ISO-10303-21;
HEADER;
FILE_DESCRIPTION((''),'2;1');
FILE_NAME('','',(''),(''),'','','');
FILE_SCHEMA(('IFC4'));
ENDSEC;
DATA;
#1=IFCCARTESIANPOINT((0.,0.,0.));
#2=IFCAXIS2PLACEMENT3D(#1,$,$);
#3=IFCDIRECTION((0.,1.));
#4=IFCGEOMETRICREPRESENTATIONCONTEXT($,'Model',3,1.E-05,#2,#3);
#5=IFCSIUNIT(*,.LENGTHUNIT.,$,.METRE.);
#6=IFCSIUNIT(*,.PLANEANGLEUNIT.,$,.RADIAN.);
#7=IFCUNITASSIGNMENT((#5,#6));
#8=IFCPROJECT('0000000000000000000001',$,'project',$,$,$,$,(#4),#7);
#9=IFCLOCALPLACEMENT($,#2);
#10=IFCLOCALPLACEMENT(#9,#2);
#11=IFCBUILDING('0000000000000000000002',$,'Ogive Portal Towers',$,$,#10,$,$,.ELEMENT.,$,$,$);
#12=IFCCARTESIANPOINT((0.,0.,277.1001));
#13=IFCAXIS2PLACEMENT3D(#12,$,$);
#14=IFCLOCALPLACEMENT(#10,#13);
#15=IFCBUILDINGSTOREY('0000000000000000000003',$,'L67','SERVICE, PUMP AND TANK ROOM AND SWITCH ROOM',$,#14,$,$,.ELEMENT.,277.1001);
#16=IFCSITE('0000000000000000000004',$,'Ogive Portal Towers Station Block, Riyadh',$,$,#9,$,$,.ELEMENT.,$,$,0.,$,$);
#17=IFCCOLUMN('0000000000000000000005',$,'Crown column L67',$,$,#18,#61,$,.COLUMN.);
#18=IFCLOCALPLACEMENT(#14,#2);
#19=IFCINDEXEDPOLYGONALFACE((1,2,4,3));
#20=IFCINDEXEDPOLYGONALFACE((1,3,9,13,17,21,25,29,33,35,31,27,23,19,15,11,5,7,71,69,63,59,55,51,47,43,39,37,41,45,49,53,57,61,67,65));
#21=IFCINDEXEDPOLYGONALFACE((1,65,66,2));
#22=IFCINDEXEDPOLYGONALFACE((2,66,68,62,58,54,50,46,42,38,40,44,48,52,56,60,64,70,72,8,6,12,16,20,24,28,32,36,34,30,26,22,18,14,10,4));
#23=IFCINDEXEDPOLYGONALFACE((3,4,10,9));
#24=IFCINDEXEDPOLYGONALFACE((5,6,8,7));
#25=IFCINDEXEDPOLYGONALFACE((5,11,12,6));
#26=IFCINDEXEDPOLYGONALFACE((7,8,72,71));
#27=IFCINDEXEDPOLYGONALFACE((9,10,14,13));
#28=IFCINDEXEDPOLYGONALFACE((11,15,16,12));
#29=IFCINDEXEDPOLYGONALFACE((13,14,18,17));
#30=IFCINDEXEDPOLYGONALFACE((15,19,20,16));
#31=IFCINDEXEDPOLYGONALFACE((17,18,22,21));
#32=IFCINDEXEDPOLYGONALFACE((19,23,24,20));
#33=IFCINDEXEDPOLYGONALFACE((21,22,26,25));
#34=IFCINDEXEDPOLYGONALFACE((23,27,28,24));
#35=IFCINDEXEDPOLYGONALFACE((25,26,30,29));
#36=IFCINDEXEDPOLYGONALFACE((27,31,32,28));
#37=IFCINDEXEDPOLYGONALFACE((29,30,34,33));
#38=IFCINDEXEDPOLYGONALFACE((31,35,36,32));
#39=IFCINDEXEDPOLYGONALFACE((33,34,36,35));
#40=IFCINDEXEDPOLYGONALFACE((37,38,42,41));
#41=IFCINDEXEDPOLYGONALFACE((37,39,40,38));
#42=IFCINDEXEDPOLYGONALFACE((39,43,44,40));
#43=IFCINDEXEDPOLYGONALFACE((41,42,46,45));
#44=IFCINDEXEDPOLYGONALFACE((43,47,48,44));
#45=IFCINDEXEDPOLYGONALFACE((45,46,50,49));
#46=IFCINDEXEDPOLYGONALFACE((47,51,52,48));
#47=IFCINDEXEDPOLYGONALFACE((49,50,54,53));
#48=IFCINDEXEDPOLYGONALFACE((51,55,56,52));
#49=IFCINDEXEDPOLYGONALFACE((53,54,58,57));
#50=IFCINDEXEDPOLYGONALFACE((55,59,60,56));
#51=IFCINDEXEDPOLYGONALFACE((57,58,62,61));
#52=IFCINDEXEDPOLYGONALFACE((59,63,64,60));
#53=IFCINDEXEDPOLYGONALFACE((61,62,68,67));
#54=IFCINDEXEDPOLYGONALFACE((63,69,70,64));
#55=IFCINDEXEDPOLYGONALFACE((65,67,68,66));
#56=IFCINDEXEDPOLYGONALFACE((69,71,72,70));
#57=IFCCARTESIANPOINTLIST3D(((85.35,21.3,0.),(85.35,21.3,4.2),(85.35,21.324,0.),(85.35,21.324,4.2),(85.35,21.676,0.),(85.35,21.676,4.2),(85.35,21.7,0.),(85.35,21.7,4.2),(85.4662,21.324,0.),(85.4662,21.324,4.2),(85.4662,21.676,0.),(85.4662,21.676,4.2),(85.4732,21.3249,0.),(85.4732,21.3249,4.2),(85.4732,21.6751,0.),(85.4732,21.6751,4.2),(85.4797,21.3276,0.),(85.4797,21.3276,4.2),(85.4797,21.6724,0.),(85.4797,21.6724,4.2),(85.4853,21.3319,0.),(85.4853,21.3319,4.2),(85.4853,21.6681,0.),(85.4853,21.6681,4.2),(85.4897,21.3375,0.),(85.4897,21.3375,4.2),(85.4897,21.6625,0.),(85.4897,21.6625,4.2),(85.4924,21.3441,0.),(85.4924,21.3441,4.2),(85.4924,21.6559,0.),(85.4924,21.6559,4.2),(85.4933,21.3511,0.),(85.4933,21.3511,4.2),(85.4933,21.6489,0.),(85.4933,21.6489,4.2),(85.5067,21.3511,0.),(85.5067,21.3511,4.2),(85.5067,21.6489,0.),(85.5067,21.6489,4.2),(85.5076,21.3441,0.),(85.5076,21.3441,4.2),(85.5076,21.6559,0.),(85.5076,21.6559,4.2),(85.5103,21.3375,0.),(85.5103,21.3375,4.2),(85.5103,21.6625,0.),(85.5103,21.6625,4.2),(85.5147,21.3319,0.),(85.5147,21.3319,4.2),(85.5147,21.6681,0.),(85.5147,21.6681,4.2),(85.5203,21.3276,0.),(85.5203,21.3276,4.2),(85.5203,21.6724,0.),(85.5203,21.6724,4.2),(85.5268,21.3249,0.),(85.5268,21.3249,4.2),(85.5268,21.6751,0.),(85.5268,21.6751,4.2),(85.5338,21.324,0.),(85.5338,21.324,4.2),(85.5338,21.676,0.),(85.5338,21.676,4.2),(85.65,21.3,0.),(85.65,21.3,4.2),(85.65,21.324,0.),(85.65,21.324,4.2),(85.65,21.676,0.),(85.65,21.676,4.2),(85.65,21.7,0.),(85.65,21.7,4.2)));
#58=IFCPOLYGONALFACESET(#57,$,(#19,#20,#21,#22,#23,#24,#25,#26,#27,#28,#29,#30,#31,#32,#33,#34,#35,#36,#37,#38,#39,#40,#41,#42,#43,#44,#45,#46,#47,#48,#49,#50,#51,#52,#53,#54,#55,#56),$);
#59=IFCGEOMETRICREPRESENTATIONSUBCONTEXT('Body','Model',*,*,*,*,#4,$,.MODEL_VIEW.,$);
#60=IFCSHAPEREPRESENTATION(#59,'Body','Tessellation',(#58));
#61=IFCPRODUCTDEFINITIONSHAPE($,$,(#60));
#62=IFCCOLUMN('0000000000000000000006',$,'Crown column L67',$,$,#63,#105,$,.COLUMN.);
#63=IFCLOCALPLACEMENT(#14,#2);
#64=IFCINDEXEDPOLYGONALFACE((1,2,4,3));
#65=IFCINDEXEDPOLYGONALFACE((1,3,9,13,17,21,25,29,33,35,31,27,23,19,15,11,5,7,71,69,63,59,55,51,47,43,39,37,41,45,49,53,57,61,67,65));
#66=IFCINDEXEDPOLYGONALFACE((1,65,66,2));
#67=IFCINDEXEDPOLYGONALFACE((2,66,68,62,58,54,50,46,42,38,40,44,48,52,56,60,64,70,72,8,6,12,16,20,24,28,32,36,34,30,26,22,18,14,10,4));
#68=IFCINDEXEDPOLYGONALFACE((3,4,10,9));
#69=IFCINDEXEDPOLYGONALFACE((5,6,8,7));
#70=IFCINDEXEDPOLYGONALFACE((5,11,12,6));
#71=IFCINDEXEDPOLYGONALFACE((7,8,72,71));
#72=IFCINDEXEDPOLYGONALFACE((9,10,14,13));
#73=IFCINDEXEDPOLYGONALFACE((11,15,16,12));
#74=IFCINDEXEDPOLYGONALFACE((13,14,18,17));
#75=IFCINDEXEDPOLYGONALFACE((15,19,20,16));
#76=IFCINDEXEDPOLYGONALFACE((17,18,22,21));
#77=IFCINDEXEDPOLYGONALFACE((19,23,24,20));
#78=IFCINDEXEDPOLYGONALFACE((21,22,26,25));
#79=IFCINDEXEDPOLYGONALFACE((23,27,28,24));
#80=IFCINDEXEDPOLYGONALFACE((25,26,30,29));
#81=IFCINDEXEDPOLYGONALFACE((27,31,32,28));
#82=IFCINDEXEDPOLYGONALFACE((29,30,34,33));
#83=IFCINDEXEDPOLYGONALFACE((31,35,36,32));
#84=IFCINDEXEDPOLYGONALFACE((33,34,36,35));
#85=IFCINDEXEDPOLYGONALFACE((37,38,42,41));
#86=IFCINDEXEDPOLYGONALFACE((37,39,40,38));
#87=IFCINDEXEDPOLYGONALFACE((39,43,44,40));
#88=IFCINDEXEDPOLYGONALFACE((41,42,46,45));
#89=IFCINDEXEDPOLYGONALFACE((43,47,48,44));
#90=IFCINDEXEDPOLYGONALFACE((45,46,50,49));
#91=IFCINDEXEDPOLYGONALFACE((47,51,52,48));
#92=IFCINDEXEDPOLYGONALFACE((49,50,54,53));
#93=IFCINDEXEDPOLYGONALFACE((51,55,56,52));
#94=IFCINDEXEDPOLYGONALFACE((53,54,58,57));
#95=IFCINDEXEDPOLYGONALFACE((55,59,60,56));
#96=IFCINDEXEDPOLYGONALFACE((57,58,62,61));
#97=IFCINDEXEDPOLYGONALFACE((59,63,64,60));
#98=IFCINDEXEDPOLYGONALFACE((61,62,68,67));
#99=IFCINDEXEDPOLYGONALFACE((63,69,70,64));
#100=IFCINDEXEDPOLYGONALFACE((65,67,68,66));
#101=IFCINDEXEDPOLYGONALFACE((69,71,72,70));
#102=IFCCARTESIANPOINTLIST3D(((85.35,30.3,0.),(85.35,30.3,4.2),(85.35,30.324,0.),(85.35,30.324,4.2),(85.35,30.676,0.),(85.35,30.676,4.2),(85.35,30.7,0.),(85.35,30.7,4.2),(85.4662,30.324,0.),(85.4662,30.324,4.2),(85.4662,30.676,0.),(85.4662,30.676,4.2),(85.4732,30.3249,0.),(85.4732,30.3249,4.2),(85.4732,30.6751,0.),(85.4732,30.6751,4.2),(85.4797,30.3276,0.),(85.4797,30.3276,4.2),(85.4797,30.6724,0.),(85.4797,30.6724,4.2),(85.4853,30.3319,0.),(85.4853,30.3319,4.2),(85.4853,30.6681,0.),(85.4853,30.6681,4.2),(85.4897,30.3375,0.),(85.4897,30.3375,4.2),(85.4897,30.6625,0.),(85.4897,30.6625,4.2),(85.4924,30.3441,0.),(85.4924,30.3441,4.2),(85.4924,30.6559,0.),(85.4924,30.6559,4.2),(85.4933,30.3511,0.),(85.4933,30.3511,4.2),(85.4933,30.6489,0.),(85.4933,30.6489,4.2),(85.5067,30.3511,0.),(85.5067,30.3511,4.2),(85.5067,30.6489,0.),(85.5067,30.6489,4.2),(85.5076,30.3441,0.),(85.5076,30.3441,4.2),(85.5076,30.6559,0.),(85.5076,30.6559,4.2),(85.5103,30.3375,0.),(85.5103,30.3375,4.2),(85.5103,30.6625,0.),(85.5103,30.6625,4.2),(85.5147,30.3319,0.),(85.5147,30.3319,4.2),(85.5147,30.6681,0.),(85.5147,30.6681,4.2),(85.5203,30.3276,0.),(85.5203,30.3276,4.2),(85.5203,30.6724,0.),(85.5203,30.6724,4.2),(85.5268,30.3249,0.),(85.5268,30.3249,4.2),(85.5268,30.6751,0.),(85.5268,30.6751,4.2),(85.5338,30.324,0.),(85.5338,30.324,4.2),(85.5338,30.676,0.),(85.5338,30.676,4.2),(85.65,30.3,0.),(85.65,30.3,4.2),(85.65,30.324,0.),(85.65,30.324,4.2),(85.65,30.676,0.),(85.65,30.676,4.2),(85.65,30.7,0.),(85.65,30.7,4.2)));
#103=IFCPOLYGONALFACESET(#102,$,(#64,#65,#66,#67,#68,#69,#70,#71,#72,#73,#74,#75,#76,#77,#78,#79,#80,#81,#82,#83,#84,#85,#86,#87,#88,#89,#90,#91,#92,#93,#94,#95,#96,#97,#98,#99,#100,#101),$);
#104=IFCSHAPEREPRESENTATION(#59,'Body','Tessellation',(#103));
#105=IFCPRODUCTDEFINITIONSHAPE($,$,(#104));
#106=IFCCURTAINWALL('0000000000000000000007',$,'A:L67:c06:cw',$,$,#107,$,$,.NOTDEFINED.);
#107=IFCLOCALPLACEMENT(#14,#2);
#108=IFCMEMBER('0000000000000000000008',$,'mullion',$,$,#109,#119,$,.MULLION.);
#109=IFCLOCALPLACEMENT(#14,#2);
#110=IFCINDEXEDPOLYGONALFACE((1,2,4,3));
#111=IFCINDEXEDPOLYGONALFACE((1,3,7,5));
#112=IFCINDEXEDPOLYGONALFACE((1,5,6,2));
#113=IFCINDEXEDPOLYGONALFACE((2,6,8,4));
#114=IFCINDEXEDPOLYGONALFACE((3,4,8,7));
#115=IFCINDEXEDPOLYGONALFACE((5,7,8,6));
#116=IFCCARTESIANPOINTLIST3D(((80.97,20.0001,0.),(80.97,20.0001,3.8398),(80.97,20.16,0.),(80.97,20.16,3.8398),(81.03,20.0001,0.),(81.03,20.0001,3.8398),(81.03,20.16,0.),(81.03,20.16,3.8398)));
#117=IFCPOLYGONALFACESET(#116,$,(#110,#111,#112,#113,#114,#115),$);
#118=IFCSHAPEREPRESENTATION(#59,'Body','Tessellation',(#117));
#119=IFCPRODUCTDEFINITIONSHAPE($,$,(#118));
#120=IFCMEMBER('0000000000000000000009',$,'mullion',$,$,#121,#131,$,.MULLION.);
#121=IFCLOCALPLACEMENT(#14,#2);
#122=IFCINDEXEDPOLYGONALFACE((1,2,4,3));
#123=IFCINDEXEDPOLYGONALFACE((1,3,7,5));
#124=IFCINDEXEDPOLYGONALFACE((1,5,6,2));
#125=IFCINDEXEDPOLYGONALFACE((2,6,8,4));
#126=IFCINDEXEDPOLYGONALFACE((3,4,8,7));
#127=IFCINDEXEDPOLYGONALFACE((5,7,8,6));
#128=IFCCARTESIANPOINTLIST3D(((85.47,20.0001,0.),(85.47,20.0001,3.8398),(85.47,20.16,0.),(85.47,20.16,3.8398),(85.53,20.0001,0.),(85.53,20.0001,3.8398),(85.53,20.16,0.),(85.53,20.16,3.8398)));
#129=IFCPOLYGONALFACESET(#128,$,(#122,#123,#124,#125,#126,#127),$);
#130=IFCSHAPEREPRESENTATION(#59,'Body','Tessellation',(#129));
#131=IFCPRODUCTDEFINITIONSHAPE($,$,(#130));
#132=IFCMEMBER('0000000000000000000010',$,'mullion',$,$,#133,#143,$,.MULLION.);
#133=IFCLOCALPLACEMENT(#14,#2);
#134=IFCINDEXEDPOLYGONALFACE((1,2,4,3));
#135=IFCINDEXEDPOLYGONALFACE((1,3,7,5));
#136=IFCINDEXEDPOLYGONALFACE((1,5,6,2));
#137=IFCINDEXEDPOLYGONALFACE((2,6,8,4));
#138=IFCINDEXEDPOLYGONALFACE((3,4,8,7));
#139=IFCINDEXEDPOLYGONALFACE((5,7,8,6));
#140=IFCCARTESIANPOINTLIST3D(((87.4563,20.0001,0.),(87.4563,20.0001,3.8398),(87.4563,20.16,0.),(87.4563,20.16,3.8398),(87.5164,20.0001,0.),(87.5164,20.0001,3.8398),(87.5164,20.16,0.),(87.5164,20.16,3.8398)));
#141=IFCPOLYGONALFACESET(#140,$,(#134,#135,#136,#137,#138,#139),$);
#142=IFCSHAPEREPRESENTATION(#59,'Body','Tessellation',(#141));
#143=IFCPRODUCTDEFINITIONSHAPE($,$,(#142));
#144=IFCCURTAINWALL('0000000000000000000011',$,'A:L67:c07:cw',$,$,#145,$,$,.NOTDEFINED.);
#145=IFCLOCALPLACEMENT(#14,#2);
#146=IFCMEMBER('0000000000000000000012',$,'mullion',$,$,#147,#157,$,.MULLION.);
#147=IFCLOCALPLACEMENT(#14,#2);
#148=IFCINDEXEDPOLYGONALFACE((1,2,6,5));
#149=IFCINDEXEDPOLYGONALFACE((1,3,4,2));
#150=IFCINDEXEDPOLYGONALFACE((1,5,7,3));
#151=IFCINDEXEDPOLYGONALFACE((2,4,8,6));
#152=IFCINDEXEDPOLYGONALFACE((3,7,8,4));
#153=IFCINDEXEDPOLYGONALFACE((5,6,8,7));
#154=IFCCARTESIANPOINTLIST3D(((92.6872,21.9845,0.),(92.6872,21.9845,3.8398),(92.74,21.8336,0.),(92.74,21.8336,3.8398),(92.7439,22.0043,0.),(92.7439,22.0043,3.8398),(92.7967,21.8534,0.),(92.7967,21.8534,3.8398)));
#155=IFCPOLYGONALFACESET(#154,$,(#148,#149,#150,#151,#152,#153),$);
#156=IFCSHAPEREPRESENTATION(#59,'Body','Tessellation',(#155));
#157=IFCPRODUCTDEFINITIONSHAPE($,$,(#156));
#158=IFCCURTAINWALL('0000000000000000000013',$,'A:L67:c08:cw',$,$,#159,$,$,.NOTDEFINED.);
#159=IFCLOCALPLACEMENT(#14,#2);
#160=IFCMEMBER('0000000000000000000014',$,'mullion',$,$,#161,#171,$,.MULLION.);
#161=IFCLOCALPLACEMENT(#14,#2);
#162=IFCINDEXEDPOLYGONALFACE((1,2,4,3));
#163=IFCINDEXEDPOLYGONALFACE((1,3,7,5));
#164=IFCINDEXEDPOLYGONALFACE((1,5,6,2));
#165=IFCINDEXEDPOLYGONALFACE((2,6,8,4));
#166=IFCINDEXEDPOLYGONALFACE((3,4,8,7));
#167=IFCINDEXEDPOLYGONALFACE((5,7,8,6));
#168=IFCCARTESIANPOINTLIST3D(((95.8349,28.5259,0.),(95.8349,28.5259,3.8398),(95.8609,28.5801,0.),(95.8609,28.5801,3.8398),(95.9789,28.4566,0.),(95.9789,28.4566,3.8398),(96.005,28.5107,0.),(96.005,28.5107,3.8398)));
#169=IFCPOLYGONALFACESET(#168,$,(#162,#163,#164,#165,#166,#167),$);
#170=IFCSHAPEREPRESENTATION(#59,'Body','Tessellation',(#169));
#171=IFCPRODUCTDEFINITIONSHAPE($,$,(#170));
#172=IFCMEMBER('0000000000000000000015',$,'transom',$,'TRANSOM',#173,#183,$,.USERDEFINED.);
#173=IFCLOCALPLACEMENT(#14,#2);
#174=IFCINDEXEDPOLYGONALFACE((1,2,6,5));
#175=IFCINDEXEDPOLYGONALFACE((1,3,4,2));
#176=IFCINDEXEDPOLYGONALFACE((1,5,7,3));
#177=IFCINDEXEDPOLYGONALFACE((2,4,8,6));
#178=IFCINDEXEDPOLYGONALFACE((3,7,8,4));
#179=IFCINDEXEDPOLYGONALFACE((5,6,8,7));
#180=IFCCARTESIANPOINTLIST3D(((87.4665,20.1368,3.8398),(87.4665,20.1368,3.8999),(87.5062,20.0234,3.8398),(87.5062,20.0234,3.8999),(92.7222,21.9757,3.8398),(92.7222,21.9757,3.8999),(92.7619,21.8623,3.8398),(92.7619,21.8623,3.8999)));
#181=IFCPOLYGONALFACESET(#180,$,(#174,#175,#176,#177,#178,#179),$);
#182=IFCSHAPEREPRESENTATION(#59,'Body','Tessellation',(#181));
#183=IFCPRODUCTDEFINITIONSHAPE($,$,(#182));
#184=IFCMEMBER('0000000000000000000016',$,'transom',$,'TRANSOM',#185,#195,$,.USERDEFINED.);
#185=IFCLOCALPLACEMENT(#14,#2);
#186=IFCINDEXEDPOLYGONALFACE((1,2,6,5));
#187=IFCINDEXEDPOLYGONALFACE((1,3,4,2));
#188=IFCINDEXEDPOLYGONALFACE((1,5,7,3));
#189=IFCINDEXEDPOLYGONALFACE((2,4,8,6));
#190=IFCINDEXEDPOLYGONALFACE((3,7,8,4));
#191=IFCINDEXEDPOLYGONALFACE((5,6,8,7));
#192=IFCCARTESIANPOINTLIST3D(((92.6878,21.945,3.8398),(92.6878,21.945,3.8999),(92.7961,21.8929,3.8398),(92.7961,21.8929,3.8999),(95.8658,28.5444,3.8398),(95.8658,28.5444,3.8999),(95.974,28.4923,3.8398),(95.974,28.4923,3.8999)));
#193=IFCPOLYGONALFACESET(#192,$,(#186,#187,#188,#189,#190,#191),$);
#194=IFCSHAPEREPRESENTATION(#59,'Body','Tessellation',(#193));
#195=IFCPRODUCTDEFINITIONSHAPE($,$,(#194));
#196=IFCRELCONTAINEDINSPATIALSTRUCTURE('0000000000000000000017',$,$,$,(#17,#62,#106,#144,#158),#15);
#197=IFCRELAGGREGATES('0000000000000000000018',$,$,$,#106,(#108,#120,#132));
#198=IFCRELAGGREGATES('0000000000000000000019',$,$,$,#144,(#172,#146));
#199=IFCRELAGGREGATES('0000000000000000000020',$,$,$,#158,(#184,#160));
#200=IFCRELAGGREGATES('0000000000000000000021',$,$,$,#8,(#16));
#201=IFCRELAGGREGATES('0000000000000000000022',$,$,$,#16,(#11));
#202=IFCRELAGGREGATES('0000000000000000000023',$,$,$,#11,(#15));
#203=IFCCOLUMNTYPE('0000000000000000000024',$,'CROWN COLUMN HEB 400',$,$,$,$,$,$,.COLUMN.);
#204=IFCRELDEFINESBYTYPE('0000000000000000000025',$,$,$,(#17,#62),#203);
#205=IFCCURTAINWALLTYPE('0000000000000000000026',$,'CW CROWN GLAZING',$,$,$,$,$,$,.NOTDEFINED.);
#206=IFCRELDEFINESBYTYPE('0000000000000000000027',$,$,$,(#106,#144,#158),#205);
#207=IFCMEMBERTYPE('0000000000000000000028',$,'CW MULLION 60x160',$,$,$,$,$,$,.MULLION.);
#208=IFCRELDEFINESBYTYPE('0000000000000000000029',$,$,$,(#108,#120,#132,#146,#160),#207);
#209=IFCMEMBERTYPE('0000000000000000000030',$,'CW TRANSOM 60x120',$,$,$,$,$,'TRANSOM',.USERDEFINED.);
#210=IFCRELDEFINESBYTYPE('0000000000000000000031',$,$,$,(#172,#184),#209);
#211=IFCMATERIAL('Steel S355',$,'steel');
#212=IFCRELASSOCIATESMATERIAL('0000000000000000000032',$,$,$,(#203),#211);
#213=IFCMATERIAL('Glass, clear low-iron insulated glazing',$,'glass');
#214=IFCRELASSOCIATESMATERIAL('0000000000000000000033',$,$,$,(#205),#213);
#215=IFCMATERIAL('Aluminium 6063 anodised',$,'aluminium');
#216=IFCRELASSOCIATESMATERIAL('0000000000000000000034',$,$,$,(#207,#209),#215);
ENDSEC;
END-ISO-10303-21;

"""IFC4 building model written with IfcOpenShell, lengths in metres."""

from ifc_helpers import new_model, si_unit, direction, frame, origin, origin_2d, place, context, subcontext, project, spatial, rectangle, i_section, extrude, material, material_profile, profile_set, type_object, element, aggregate, save


model = new_model("IFC4")

# Units and contexts
model_context = context("Model", 3, precision=1e-05, world=origin(), true_north=direction((0.0, 1.0)))
body_context = subcontext(model_context, "Body", "Model", "MODEL_VIEW")
ifc_project = project(units=[si_unit("LENGTHUNIT", "METRE"), si_unit("PLANEANGLEUNIT", "RADIAN")], contexts=[model_context])

# Site, building, storey
site_placement = place(None, origin())
site = spatial("IfcSite", under=ifc_project, at=site_placement, Name="Ogive Portal Towers Station Block, Riyadh", CompositionType="ELEMENT", RefElevation=0.0)
building_placement = place(site_placement, origin())
building = spatial("IfcBuilding", under=site, at=building_placement, Name="Ogive Portal Towers", CompositionType="ELEMENT")
storey_placement = place(building_placement, frame((0.0, 0.0, 277.1001)))
storey = spatial("IfcBuildingStorey", under=building, at=storey_placement, Name="L67", Description="SERVICE, PUMP AND TANK ROOM AND SWITCH ROOM", CompositionType="ELEMENT", Elevation=277.1001)

# Columns
ifc_material_1 = material(Name="Steel S355", Category="steel")
ifc_material_profile_1 = material_profile(ifc_material_1, i_section(OverallWidth=0.3, OverallDepth=0.3999, WebThickness=0.0134, FlangeThickness=0.0239, FilletRadius=0.0271, at=origin_2d()), Name="HEB 400")
ifc_profile_set_1 = profile_set([ifc_material_profile_1], Name="Steel S355")
column_type = type_object("IfcColumnType", Name="CROWN COLUMN HEB 400", PredefinedType="COLUMN", material=ifc_profile_set_1)
for number, where, z_axis, x_axis, name in (
    (1, (85.5, 21.5, 0.0), (0.0, 0.0, 1.0), (1.0, 0.0, 0.0), "Crown column L67"),
    (2, (85.5, 30.5, 0.0), (0.0, 0.0, 1.0), (1.0, 0.0, 0.0), "Crown column L67"),
):
    element("IfcColumn", number, at=place(storey_placement, frame(where, z_axis=z_axis, x_axis=x_axis)), inside=storey, type_object=column_type, Name=name, PredefinedType="COLUMN", context=body_context, shape_type="SweptSolid", body=[
        extrude(i_section(OverallWidth=0.3, OverallDepth=0.3999, WebThickness=0.0134, FlangeThickness=0.0239, FilletRadius=0.0271, at=origin_2d()), origin(), (0.0, 0.0, 1.0), 4.2),
    ])

# Curtain wall, members
ifc_material_2 = material(Name="Glass, clear low-iron insulated glazing", Category="glass")
curtain_wall_type = type_object("IfcCurtainWallType", Name="CW CROWN GLAZING", PredefinedType="NOTDEFINED", material=ifc_material_2)
curtain_wall_1_placement = place(storey_placement, origin())
curtain_wall_1 = element("IfcCurtainWall", 3, at=curtain_wall_1_placement, inside=storey, type_object=curtain_wall_type, Name="A:L67:c06:cw", PredefinedType="NOTDEFINED")
ifc_material_3 = material(Name="Aluminium 6063 anodised", Category="aluminium")
ifc_material_profile_2 = material_profile(ifc_material_3, rectangle(XDim=0.1599, YDim=0.0601, at=origin_2d()), Name="AL 60x160")
ifc_profile_set_2 = profile_set([ifc_material_profile_2], Name="Aluminium 6063 anodised")
member_type_1 = type_object("IfcMemberType", Name="CW MULLION 60x160", PredefinedType="MULLION", material=ifc_profile_set_2)
member_1_placement = place(storey_placement, frame((81.0, 20.0801, 0.0), z_axis=(0.0, 0.0, 1.0), x_axis=(0.0, 1.0, 0.0)))
member_1 = element("IfcMember", 4, at=member_1_placement, type_object=member_type_1, Name="mullion", PredefinedType="MULLION", context=body_context, shape_type="SweptSolid", body=[
    extrude(rectangle(XDim=0.1599, YDim=0.0601, at=origin_2d()), origin(), (0.0, 0.0, 1.0), 3.8398),
])
member_2_placement = place(storey_placement, frame((85.5, 20.0801, 0.0), z_axis=(0.0, 0.0, 1.0), x_axis=(0.0, 1.0, 0.0)))
member_2 = element("IfcMember", 5, at=member_2_placement, type_object=member_type_1, Name="mullion", PredefinedType="MULLION", context=body_context, shape_type="SweptSolid", body=[
    extrude(rectangle(XDim=0.1599, YDim=0.0601, at=origin_2d()), origin(), (0.0, 0.0, 1.0), 3.8398),
])
member_3_placement = place(storey_placement, frame((87.4863, 20.0801, 0.0), z_axis=(0.0, 0.0, 1.0), x_axis=(0.0, 1.0, 0.0)))
member_3 = element("IfcMember", 6, at=member_3_placement, type_object=member_type_1, Name="mullion", PredefinedType="MULLION", context=body_context, shape_type="SweptSolid", body=[
    extrude(rectangle(XDim=0.1599, YDim=0.0601, at=origin_2d()), origin(), (0.0, 0.0, 1.0), 3.8398),
])

# Curtain walls, members
curtain_wall_2_placement = place(storey_placement, origin())
curtain_wall_2 = element("IfcCurtainWall", 7, at=curtain_wall_2_placement, inside=storey, type_object=curtain_wall_type, Name="A:L67:c07:cw", PredefinedType="NOTDEFINED")
member_4_placement = place(storey_placement, frame((92.7419, 21.9189, 0.0), z_axis=(0.0, 0.0, 1.0), x_axis=(-0.330279, 0.943883, 0.0)))
member_4 = element("IfcMember", 8, at=member_4_placement, type_object=member_type_1, Name="mullion", PredefinedType="MULLION", context=body_context, shape_type="SweptSolid", body=[
    extrude(rectangle(XDim=0.1599, YDim=0.0601, at=origin_2d()), origin(), (0.0, 0.0, 1.0), 3.8398),
])
curtain_wall_3_placement = place(storey_placement, origin())
curtain_wall_3 = element("IfcCurtainWall", 9, at=curtain_wall_3_placement, inside=storey, type_object=curtain_wall_type, Name="A:L67:c08:cw", PredefinedType="NOTDEFINED")
member_5_placement = place(storey_placement, frame((95.9199, 28.5183, 0.0), z_axis=(0.0, 0.0, 1.0), x_axis=(-0.900969, 0.433884, 0.0)))
member_5 = element("IfcMember", 10, at=member_5_placement, type_object=member_type_1, Name="mullion", PredefinedType="MULLION", context=body_context, shape_type="SweptSolid", body=[
    extrude(rectangle(XDim=0.1599, YDim=0.0601, at=origin_2d()), origin(), (0.0, 0.0, 1.0), 3.8398),
])

# Members
ifc_material_profile_3 = material_profile(ifc_material_3, rectangle(XDim=0.1201, YDim=0.0601, at=origin_2d()), Name="AL 120x60")
ifc_profile_set_3 = profile_set([ifc_material_profile_3], Name="Aluminium 6063 anodised")
member_type_2 = type_object("IfcMemberType", Name="CW TRANSOM 60x120", ElementType="TRANSOM", PredefinedType="USERDEFINED", material=ifc_profile_set_3)
member_6_placement = place(storey_placement, frame((87.4863, 20.0801, 3.8699), z_axis=(0.943892, 0.330255, 0.0), x_axis=(-0.330255, 0.943892, 0.0)))
member_6 = element("IfcMember", 11, at=member_6_placement, type_object=member_type_2, Name="transom", ObjectType="TRANSOM", PredefinedType="USERDEFINED", context=body_context, shape_type="SweptSolid", body=[
    extrude(rectangle(XDim=0.1201, YDim=0.0601, at=origin_2d()), origin(), (0.0, 0.0, 1.0), 5.5681),
])
member_7_placement = place(storey_placement, frame((92.7419, 21.9189, 3.8699), z_axis=(0.433872, 0.900975, 0.0), x_axis=(-0.900975, 0.433872, 0.0)))
member_7 = element("IfcMember", 12, at=member_7_placement, type_object=member_type_2, Name="transom", ObjectType="TRANSOM", PredefinedType="USERDEFINED", context=body_context, shape_type="SweptSolid", body=[
    extrude(rectangle(XDim=0.1201, YDim=0.0601, at=origin_2d()), origin(), (0.0, 0.0, 1.0), 7.3247),
])

aggregate(curtain_wall_1, [member_1, member_2, member_3])
aggregate(curtain_wall_2, [member_6, member_4])
aggregate(curtain_wall_3, [member_7, member_5])

save(model, "model.ifc")
